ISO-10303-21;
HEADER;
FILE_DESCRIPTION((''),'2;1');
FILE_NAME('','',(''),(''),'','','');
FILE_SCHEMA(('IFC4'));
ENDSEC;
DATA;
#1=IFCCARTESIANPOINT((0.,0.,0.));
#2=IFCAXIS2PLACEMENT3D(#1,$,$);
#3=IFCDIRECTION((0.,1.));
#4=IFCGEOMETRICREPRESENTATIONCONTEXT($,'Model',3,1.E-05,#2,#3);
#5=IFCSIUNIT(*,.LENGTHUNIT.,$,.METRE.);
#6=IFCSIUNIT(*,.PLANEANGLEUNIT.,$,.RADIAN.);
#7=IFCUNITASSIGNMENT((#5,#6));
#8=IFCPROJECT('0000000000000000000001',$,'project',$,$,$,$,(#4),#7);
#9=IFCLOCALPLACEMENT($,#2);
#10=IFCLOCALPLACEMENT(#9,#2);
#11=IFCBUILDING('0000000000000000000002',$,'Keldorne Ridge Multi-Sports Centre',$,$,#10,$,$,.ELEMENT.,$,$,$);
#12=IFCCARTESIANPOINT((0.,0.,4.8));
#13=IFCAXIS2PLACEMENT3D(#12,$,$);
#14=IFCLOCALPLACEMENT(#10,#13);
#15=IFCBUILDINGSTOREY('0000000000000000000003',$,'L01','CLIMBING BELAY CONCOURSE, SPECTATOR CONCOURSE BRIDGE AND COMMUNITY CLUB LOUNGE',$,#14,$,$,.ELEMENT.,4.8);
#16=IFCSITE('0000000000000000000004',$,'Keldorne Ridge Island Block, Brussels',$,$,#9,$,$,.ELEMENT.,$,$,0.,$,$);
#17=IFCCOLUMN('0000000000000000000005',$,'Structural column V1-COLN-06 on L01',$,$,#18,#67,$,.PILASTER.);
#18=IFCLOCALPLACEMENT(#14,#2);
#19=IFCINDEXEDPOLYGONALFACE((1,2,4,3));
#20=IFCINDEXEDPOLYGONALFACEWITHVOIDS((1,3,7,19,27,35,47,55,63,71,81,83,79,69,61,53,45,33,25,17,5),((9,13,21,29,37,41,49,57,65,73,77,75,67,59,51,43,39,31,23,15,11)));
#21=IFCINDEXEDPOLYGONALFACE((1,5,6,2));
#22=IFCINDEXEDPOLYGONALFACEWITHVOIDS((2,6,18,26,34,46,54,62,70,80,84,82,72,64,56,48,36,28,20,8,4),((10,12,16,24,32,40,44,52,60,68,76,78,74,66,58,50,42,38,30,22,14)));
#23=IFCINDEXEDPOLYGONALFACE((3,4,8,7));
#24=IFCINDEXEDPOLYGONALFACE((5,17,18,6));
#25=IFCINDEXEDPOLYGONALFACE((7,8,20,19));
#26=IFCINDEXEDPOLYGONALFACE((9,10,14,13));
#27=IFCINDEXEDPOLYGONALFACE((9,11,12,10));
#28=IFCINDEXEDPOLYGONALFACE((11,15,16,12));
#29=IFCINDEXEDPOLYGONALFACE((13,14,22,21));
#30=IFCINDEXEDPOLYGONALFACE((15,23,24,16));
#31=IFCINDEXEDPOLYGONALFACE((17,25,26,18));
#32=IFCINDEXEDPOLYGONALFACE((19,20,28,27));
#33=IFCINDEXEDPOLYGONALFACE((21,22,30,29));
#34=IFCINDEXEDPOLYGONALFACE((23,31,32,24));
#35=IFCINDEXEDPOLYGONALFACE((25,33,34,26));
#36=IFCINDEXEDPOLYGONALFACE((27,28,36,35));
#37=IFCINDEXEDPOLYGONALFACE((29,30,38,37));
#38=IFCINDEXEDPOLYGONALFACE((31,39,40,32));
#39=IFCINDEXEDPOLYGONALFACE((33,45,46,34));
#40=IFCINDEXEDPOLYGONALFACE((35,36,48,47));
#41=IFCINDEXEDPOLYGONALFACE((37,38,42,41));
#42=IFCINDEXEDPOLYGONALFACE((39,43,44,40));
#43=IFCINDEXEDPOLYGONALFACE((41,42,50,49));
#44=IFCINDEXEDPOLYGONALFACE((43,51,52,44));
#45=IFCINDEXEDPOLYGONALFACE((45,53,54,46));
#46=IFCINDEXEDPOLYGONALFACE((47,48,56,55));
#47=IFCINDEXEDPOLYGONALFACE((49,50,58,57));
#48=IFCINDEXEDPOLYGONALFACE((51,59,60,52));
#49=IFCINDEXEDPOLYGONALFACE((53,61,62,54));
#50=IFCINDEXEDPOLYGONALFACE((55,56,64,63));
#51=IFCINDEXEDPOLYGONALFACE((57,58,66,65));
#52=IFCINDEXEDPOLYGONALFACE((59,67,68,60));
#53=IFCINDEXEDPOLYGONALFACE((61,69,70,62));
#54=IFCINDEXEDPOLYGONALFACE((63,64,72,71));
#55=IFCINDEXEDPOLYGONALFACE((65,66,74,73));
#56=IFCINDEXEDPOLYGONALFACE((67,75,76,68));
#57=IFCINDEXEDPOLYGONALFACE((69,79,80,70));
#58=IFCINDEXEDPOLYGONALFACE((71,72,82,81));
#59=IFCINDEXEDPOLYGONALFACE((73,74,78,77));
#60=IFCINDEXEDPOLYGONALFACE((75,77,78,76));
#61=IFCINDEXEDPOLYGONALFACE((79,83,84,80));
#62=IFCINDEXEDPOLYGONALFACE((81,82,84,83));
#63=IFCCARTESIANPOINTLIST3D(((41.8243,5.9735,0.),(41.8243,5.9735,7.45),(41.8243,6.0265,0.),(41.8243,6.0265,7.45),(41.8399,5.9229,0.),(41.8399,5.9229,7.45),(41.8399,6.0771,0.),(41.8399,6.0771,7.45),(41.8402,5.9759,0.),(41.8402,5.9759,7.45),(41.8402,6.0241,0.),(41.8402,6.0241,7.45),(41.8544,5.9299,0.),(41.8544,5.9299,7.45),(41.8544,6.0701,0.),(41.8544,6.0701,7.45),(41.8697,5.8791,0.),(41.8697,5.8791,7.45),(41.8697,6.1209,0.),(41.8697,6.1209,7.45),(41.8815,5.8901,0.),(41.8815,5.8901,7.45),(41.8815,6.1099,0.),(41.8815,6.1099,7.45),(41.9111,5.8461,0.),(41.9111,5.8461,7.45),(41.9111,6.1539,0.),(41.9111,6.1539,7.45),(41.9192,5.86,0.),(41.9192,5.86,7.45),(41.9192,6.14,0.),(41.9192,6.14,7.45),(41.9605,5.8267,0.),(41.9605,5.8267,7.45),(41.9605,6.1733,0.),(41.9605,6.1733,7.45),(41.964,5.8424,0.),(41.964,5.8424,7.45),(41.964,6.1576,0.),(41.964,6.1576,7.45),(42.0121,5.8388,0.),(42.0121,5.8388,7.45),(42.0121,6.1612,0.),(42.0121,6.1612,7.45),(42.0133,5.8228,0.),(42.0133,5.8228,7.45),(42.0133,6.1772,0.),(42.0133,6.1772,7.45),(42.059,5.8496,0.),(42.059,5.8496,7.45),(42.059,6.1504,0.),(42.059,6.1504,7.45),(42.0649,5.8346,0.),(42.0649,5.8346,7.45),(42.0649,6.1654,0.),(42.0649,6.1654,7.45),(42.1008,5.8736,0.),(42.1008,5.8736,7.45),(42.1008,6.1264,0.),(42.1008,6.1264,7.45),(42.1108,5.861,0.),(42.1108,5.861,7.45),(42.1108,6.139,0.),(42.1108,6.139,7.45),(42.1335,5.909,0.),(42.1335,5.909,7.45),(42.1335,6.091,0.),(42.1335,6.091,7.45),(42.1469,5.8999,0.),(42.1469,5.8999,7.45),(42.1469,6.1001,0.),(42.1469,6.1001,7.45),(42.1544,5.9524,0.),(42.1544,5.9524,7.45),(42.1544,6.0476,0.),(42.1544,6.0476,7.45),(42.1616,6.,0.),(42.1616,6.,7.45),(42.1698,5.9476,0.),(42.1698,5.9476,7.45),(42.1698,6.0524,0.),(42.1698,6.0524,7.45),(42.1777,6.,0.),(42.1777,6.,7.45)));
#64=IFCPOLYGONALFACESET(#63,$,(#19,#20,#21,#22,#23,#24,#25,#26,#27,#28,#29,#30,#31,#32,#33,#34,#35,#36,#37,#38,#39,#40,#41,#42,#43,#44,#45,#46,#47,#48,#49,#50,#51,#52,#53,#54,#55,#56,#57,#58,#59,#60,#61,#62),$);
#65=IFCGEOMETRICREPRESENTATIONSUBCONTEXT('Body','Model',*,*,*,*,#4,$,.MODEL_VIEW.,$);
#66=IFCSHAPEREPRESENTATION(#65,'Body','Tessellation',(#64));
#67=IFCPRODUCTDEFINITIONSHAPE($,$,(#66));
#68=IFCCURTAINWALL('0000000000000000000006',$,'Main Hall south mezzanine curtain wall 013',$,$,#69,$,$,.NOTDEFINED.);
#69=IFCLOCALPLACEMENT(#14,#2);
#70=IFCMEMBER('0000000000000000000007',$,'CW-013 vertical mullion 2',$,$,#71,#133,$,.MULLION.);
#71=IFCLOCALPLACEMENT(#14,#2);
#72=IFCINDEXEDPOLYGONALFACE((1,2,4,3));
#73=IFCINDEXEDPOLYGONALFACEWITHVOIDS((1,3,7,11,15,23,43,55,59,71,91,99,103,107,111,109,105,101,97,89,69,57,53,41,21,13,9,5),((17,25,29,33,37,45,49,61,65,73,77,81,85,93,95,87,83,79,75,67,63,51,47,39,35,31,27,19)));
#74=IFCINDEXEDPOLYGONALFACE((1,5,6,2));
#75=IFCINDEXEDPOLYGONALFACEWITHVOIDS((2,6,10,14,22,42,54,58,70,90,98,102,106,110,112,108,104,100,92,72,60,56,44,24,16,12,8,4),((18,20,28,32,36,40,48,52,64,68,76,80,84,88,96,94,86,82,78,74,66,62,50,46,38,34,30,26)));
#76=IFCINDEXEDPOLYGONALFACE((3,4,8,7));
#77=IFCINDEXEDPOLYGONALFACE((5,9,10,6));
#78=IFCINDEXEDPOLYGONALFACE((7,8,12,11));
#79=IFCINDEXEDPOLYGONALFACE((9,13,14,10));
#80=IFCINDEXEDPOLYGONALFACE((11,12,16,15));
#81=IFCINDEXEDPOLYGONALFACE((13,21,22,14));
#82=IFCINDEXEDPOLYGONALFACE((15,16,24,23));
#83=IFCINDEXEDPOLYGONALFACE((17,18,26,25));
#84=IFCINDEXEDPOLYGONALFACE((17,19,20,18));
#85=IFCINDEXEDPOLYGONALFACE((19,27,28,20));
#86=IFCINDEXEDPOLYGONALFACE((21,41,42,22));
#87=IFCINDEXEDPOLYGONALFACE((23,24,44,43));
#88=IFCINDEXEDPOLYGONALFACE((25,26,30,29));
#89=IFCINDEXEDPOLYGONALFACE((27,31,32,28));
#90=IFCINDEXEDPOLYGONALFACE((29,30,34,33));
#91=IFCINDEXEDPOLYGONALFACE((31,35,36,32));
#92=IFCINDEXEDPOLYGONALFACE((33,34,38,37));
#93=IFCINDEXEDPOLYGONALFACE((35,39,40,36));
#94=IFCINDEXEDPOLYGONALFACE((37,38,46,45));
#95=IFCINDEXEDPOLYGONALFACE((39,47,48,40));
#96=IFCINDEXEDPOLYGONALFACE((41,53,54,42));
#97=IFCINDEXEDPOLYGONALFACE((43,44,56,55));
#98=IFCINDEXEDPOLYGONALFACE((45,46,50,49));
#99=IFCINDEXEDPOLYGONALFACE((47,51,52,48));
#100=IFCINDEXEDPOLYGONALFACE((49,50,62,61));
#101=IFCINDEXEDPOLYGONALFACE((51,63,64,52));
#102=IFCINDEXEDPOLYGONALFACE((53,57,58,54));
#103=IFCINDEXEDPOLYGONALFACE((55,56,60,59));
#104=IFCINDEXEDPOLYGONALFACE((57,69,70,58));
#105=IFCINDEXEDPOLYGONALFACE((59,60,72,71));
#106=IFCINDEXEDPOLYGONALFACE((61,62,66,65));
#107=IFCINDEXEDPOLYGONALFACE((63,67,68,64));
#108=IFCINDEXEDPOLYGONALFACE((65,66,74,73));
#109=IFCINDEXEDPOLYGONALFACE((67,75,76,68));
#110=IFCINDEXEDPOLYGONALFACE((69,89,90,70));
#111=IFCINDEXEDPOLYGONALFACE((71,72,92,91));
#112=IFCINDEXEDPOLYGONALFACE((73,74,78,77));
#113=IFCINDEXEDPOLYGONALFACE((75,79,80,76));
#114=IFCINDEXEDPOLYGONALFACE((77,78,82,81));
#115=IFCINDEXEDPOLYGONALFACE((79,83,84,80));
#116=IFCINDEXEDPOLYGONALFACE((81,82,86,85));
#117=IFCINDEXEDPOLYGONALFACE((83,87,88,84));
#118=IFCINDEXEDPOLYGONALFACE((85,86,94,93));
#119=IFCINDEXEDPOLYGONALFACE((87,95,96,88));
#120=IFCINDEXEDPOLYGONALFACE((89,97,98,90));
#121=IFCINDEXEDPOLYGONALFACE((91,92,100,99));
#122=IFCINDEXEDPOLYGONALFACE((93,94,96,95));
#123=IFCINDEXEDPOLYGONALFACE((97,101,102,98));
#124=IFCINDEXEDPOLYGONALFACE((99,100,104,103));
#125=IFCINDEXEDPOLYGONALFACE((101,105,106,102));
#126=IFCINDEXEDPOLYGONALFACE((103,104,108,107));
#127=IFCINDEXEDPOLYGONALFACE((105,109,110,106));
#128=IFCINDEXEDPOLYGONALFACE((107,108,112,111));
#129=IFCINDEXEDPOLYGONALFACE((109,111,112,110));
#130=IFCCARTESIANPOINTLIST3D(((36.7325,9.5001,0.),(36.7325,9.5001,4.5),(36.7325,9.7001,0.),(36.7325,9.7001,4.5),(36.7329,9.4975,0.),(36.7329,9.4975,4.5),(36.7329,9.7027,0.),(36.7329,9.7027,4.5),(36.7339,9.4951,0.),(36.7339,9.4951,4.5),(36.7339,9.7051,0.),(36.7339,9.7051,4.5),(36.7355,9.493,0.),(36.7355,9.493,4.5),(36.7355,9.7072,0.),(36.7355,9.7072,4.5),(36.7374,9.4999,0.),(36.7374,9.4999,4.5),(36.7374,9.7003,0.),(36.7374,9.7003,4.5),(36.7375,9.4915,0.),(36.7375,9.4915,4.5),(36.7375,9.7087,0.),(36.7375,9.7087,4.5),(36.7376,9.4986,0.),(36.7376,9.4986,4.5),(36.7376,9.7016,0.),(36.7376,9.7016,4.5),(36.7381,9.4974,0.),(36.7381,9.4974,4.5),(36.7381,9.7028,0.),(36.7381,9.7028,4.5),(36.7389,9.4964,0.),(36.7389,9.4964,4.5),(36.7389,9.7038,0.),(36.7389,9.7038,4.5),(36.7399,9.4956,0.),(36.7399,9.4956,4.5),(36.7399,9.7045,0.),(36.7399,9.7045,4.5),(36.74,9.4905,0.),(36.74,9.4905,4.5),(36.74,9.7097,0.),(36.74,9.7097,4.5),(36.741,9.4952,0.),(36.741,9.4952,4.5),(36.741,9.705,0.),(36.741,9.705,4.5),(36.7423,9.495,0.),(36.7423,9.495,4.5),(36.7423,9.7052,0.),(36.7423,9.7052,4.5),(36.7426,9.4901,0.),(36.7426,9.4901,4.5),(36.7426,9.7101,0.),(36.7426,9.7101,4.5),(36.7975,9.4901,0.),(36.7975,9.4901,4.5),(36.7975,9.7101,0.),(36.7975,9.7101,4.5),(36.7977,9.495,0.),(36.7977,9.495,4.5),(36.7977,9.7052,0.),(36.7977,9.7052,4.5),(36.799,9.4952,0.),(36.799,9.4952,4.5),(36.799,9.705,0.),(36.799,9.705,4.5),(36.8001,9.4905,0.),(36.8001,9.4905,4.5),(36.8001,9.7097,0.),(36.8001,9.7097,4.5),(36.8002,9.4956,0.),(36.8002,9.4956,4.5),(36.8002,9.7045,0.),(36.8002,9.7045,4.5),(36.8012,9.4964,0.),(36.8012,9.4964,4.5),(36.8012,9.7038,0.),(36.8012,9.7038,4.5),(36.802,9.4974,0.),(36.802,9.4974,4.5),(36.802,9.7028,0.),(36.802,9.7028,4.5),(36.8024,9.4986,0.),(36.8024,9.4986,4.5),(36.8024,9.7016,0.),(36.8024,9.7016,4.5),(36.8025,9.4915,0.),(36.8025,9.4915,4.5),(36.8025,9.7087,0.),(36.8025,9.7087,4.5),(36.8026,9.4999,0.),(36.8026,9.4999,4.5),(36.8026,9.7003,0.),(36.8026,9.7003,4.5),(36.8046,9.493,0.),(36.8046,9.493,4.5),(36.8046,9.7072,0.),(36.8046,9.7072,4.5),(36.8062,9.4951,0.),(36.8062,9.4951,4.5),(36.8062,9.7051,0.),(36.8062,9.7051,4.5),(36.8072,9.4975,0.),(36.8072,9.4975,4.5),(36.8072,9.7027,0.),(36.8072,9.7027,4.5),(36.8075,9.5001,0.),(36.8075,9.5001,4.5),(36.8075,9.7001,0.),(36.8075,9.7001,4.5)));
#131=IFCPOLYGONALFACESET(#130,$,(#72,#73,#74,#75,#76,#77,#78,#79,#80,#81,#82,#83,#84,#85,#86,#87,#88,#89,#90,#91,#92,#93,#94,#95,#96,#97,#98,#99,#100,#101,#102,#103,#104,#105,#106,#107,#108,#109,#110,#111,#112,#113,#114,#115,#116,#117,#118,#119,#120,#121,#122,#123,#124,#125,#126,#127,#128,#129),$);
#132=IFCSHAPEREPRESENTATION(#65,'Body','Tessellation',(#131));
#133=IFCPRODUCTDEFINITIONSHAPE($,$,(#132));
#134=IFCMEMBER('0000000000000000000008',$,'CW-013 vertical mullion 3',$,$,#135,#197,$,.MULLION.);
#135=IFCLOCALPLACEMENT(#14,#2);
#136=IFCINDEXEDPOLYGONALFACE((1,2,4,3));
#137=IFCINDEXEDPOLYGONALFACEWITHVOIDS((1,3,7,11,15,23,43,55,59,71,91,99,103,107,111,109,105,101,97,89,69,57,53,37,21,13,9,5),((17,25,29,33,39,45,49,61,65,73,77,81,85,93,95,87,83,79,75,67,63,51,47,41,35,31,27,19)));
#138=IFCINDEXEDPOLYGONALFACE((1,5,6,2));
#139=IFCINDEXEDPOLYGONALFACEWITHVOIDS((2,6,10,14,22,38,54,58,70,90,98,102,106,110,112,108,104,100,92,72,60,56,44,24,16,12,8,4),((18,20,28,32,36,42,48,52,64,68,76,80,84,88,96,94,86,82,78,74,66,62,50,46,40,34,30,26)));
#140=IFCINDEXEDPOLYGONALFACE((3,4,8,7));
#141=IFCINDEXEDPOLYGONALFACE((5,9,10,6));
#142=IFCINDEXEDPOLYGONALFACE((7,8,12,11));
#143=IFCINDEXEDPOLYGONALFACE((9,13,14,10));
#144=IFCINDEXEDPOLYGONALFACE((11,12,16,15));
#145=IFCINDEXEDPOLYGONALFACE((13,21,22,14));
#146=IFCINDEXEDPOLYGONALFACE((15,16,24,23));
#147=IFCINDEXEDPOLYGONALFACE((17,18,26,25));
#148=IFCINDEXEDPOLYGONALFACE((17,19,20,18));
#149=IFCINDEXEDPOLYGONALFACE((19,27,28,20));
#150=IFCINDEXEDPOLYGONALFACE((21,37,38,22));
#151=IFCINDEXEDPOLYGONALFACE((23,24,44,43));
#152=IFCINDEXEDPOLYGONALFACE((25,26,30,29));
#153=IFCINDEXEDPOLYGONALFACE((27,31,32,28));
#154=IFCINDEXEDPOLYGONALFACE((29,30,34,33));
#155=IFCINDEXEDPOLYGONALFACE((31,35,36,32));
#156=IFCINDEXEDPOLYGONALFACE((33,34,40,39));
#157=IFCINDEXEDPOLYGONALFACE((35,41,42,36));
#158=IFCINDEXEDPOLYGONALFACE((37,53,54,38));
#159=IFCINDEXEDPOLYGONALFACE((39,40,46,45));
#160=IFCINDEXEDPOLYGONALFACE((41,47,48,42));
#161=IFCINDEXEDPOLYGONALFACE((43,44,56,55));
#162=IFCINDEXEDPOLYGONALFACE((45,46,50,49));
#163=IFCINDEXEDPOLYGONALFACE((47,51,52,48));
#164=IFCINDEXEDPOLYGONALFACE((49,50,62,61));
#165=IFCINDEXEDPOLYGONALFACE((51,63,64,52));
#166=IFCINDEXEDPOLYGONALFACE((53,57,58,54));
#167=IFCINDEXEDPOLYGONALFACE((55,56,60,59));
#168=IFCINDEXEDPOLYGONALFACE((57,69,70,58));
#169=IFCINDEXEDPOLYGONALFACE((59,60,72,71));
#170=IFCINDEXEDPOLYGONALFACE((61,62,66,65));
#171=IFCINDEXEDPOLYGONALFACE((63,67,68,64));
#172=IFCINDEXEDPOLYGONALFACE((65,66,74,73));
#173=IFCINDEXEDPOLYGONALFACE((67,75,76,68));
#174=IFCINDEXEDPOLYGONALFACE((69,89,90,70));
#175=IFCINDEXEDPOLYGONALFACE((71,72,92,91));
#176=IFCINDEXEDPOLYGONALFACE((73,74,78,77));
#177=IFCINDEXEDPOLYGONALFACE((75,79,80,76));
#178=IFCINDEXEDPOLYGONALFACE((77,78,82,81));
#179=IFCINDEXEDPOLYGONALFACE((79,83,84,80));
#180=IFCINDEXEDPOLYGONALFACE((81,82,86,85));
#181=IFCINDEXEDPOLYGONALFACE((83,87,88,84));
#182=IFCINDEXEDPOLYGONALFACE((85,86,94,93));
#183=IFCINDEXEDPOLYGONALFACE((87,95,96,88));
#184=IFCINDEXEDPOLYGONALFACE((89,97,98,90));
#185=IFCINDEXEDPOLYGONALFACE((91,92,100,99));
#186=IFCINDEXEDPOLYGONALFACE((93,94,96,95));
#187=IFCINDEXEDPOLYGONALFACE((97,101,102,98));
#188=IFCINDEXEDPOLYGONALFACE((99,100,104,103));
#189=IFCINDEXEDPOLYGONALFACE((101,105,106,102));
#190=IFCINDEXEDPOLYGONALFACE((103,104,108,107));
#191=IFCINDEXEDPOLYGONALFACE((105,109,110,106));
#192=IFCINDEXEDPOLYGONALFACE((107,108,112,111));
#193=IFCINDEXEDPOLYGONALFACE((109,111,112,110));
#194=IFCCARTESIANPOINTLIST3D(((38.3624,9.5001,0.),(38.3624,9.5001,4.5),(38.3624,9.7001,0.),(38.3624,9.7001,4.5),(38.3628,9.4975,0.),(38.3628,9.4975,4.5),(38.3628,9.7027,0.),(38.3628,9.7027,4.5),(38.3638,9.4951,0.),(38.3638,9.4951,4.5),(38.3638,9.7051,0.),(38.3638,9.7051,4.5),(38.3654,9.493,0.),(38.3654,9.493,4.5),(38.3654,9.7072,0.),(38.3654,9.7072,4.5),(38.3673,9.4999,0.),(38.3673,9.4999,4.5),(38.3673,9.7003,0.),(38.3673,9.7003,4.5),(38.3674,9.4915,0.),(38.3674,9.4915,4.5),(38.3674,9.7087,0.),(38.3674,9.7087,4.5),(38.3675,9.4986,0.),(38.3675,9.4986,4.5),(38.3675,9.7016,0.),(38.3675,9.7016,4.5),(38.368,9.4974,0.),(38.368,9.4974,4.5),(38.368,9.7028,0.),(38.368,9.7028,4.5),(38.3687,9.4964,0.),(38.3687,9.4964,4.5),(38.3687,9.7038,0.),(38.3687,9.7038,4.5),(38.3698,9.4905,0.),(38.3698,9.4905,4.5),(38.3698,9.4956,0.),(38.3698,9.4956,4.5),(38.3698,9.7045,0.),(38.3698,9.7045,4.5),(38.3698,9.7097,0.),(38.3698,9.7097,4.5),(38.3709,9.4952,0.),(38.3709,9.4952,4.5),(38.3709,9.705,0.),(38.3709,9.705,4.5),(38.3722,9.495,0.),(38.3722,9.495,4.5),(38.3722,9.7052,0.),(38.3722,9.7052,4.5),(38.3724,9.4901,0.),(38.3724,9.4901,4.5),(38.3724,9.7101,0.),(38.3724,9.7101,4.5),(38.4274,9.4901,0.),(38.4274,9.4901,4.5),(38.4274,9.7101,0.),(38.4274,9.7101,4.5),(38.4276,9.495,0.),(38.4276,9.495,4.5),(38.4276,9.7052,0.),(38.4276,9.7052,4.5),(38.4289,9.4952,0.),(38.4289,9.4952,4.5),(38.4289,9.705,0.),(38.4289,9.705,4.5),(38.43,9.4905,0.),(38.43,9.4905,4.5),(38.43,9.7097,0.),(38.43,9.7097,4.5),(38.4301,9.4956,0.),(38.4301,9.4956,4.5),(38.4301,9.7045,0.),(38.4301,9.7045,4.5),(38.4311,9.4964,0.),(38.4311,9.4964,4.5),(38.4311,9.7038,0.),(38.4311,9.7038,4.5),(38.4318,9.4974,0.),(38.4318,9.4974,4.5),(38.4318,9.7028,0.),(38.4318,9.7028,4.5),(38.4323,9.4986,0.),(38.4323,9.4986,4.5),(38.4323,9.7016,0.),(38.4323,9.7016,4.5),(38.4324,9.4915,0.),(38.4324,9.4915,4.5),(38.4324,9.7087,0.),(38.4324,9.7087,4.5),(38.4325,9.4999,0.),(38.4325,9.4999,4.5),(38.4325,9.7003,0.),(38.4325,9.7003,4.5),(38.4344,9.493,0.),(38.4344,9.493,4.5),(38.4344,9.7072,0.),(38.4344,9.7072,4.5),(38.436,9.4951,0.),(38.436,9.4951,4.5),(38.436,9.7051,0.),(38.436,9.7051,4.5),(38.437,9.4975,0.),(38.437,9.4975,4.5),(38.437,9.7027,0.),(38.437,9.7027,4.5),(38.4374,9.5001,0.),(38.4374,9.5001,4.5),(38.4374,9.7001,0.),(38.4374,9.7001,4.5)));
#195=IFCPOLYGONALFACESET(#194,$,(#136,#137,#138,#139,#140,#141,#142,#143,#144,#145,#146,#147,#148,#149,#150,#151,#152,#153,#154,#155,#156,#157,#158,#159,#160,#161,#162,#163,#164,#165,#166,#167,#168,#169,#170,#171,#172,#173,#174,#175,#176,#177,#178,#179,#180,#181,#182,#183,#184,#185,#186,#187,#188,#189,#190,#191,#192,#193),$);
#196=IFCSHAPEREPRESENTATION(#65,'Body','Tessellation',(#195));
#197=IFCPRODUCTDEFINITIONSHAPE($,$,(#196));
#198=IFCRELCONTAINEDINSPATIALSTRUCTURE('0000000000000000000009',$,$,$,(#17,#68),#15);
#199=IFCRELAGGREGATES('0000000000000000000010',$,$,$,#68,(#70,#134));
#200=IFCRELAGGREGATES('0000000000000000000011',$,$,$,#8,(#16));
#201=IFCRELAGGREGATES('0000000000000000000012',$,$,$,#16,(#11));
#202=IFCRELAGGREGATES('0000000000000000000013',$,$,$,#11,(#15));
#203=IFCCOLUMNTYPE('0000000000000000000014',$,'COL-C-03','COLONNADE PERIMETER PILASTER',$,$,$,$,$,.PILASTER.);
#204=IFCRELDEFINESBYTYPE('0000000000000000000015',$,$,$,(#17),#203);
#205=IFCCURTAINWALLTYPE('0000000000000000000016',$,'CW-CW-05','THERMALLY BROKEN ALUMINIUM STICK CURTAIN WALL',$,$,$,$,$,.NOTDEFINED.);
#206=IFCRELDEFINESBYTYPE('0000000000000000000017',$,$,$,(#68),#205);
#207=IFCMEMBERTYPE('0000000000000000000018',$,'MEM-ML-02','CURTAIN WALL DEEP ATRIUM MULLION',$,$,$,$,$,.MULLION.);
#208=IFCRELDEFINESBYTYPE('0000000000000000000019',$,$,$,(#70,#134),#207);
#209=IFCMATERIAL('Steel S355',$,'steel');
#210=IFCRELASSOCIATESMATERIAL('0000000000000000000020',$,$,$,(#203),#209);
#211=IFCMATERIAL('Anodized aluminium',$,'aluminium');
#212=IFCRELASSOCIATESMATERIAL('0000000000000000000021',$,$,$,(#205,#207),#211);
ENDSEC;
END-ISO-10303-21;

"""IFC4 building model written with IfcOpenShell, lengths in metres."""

from ifc_helpers import new_model, si_unit, direction, frame, origin, origin_2d, place, context, subcontext, project, spatial, hollow_rectangle, hollow_circle, extrude, material, material_profile, profile_set, type_object, element, aggregate, save


model = new_model("IFC4")

# Units and contexts
model_context = context("Model", 3, precision=1e-05, world=origin(), true_north=direction((0.0, 1.0)))
body_context = subcontext(model_context, "Body", "Model", "MODEL_VIEW")
ifc_project = project(units=[si_unit("LENGTHUNIT", "METRE"), si_unit("PLANEANGLEUNIT", "RADIAN")], contexts=[model_context])

# Site, building, storey
site_placement = place(None, origin())
site = spatial("IfcSite", under=ifc_project, at=site_placement, Name="Keldorne Ridge Island Block, Brussels", CompositionType="ELEMENT", RefElevation=0.0)
building_placement = place(site_placement, origin())
building = spatial("IfcBuilding", under=site, at=building_placement, Name="Keldorne Ridge Multi-Sports Centre", CompositionType="ELEMENT")
storey_placement = place(building_placement, frame((0.0, 0.0, 4.8)))
storey = spatial("IfcBuildingStorey", under=building, at=storey_placement, Name="L01", Description="CLIMBING BELAY CONCOURSE, SPECTATOR CONCOURSE BRIDGE AND COMMUNITY CLUB LOUNGE", CompositionType="ELEMENT", Elevation=4.8)

# Column
ifc_material_1 = material(Name="Steel S355", Category="steel")
ifc_material_profile_1 = material_profile(ifc_material_1, hollow_circle(Radius=0.1777, WallThickness=0.0161, at=origin_2d()), Name="CHS 355.6x16")
ifc_profile_set_1 = profile_set([ifc_material_profile_1], Name="Steel S355")
column_type = type_object("IfcColumnType", Name="COL-C-03", Description="COLONNADE PERIMETER PILASTER", PredefinedType="PILASTER", material=ifc_profile_set_1)
column_placement = place(storey_placement, frame((42.0, 6.0, 0.0), z_axis=(0.0, 0.0, 1.0), x_axis=(1.0, 0.0, 0.0)))
element("IfcColumn", 1, at=column_placement, inside=storey, type_object=column_type, Name="Structural column V1-COLN-06 on L01", PredefinedType="PILASTER", context=body_context, shape_type="SweptSolid", body=[
    extrude(hollow_circle(Radius=0.1777, WallThickness=0.0161, at=origin_2d()), origin(), (0.0, 0.0, 1.0), 7.45),
])

# Curtain wall, members
ifc_material_2 = material(Name="Anodized aluminium", Category="aluminium")
curtain_wall_type = type_object("IfcCurtainWallType", Name="CW-CW-05", Description="THERMALLY BROKEN ALUMINIUM STICK CURTAIN WALL", PredefinedType="NOTDEFINED", material=ifc_material_2)
curtain_wall_placement = place(storey_placement, origin())
curtain_wall = element("IfcCurtainWall", 2, at=curtain_wall_placement, inside=storey, type_object=curtain_wall_type, Name="Main Hall south mezzanine curtain wall 013", PredefinedType="NOTDEFINED")
ifc_material_profile_2 = material_profile(ifc_material_2, hollow_rectangle(XDim=0.075, YDim=0.22, WallThickness=0.0049, InnerFilletRadius=0.0049, OuterFilletRadius=0.01, at=origin_2d()), Name="ALU MULLION 220x75x5")
ifc_profile_set_2 = profile_set([ifc_material_profile_2], Name="Anodized aluminium")
member_type_1 = type_object("IfcMemberType", Name="MEM-ML-02", Description="CURTAIN WALL DEEP ATRIUM MULLION", PredefinedType="MULLION", material=ifc_profile_set_2)
member_1_placement = place(storey_placement, frame((36.77, 9.6001, 0.0), z_axis=(0.0, 0.0, 1.0), x_axis=(1.0, 0.0, 0.0)))
member_1 = element("IfcMember", 3, at=member_1_placement, type_object=member_type_1, Name="CW-013 vertical mullion 2", PredefinedType="MULLION", context=body_context, shape_type="SweptSolid", body=[
    extrude(hollow_rectangle(XDim=0.075, YDim=0.22, WallThickness=0.0049, InnerFilletRadius=0.0049, OuterFilletRadius=0.01, at=origin_2d()), origin(), (0.0, 0.0, 1.0), 4.5),
])
member_2_placement = place(storey_placement, frame((38.3999, 9.6001, 0.0), z_axis=(0.0, 0.0, 1.0), x_axis=(1.0, 0.0, 0.0)))
member_2 = element("IfcMember", 4, at=member_2_placement, type_object=member_type_1, Name="CW-013 vertical mullion 3", PredefinedType="MULLION", context=body_context, shape_type="SweptSolid", body=[
    extrude(hollow_rectangle(XDim=0.075, YDim=0.22, WallThickness=0.0049, InnerFilletRadius=0.0049, OuterFilletRadius=0.01, at=origin_2d()), origin(), (0.0, 0.0, 1.0), 4.5),
])
aggregate(curtain_wall, [member_1, member_2])

save(model, "model.ifc")
